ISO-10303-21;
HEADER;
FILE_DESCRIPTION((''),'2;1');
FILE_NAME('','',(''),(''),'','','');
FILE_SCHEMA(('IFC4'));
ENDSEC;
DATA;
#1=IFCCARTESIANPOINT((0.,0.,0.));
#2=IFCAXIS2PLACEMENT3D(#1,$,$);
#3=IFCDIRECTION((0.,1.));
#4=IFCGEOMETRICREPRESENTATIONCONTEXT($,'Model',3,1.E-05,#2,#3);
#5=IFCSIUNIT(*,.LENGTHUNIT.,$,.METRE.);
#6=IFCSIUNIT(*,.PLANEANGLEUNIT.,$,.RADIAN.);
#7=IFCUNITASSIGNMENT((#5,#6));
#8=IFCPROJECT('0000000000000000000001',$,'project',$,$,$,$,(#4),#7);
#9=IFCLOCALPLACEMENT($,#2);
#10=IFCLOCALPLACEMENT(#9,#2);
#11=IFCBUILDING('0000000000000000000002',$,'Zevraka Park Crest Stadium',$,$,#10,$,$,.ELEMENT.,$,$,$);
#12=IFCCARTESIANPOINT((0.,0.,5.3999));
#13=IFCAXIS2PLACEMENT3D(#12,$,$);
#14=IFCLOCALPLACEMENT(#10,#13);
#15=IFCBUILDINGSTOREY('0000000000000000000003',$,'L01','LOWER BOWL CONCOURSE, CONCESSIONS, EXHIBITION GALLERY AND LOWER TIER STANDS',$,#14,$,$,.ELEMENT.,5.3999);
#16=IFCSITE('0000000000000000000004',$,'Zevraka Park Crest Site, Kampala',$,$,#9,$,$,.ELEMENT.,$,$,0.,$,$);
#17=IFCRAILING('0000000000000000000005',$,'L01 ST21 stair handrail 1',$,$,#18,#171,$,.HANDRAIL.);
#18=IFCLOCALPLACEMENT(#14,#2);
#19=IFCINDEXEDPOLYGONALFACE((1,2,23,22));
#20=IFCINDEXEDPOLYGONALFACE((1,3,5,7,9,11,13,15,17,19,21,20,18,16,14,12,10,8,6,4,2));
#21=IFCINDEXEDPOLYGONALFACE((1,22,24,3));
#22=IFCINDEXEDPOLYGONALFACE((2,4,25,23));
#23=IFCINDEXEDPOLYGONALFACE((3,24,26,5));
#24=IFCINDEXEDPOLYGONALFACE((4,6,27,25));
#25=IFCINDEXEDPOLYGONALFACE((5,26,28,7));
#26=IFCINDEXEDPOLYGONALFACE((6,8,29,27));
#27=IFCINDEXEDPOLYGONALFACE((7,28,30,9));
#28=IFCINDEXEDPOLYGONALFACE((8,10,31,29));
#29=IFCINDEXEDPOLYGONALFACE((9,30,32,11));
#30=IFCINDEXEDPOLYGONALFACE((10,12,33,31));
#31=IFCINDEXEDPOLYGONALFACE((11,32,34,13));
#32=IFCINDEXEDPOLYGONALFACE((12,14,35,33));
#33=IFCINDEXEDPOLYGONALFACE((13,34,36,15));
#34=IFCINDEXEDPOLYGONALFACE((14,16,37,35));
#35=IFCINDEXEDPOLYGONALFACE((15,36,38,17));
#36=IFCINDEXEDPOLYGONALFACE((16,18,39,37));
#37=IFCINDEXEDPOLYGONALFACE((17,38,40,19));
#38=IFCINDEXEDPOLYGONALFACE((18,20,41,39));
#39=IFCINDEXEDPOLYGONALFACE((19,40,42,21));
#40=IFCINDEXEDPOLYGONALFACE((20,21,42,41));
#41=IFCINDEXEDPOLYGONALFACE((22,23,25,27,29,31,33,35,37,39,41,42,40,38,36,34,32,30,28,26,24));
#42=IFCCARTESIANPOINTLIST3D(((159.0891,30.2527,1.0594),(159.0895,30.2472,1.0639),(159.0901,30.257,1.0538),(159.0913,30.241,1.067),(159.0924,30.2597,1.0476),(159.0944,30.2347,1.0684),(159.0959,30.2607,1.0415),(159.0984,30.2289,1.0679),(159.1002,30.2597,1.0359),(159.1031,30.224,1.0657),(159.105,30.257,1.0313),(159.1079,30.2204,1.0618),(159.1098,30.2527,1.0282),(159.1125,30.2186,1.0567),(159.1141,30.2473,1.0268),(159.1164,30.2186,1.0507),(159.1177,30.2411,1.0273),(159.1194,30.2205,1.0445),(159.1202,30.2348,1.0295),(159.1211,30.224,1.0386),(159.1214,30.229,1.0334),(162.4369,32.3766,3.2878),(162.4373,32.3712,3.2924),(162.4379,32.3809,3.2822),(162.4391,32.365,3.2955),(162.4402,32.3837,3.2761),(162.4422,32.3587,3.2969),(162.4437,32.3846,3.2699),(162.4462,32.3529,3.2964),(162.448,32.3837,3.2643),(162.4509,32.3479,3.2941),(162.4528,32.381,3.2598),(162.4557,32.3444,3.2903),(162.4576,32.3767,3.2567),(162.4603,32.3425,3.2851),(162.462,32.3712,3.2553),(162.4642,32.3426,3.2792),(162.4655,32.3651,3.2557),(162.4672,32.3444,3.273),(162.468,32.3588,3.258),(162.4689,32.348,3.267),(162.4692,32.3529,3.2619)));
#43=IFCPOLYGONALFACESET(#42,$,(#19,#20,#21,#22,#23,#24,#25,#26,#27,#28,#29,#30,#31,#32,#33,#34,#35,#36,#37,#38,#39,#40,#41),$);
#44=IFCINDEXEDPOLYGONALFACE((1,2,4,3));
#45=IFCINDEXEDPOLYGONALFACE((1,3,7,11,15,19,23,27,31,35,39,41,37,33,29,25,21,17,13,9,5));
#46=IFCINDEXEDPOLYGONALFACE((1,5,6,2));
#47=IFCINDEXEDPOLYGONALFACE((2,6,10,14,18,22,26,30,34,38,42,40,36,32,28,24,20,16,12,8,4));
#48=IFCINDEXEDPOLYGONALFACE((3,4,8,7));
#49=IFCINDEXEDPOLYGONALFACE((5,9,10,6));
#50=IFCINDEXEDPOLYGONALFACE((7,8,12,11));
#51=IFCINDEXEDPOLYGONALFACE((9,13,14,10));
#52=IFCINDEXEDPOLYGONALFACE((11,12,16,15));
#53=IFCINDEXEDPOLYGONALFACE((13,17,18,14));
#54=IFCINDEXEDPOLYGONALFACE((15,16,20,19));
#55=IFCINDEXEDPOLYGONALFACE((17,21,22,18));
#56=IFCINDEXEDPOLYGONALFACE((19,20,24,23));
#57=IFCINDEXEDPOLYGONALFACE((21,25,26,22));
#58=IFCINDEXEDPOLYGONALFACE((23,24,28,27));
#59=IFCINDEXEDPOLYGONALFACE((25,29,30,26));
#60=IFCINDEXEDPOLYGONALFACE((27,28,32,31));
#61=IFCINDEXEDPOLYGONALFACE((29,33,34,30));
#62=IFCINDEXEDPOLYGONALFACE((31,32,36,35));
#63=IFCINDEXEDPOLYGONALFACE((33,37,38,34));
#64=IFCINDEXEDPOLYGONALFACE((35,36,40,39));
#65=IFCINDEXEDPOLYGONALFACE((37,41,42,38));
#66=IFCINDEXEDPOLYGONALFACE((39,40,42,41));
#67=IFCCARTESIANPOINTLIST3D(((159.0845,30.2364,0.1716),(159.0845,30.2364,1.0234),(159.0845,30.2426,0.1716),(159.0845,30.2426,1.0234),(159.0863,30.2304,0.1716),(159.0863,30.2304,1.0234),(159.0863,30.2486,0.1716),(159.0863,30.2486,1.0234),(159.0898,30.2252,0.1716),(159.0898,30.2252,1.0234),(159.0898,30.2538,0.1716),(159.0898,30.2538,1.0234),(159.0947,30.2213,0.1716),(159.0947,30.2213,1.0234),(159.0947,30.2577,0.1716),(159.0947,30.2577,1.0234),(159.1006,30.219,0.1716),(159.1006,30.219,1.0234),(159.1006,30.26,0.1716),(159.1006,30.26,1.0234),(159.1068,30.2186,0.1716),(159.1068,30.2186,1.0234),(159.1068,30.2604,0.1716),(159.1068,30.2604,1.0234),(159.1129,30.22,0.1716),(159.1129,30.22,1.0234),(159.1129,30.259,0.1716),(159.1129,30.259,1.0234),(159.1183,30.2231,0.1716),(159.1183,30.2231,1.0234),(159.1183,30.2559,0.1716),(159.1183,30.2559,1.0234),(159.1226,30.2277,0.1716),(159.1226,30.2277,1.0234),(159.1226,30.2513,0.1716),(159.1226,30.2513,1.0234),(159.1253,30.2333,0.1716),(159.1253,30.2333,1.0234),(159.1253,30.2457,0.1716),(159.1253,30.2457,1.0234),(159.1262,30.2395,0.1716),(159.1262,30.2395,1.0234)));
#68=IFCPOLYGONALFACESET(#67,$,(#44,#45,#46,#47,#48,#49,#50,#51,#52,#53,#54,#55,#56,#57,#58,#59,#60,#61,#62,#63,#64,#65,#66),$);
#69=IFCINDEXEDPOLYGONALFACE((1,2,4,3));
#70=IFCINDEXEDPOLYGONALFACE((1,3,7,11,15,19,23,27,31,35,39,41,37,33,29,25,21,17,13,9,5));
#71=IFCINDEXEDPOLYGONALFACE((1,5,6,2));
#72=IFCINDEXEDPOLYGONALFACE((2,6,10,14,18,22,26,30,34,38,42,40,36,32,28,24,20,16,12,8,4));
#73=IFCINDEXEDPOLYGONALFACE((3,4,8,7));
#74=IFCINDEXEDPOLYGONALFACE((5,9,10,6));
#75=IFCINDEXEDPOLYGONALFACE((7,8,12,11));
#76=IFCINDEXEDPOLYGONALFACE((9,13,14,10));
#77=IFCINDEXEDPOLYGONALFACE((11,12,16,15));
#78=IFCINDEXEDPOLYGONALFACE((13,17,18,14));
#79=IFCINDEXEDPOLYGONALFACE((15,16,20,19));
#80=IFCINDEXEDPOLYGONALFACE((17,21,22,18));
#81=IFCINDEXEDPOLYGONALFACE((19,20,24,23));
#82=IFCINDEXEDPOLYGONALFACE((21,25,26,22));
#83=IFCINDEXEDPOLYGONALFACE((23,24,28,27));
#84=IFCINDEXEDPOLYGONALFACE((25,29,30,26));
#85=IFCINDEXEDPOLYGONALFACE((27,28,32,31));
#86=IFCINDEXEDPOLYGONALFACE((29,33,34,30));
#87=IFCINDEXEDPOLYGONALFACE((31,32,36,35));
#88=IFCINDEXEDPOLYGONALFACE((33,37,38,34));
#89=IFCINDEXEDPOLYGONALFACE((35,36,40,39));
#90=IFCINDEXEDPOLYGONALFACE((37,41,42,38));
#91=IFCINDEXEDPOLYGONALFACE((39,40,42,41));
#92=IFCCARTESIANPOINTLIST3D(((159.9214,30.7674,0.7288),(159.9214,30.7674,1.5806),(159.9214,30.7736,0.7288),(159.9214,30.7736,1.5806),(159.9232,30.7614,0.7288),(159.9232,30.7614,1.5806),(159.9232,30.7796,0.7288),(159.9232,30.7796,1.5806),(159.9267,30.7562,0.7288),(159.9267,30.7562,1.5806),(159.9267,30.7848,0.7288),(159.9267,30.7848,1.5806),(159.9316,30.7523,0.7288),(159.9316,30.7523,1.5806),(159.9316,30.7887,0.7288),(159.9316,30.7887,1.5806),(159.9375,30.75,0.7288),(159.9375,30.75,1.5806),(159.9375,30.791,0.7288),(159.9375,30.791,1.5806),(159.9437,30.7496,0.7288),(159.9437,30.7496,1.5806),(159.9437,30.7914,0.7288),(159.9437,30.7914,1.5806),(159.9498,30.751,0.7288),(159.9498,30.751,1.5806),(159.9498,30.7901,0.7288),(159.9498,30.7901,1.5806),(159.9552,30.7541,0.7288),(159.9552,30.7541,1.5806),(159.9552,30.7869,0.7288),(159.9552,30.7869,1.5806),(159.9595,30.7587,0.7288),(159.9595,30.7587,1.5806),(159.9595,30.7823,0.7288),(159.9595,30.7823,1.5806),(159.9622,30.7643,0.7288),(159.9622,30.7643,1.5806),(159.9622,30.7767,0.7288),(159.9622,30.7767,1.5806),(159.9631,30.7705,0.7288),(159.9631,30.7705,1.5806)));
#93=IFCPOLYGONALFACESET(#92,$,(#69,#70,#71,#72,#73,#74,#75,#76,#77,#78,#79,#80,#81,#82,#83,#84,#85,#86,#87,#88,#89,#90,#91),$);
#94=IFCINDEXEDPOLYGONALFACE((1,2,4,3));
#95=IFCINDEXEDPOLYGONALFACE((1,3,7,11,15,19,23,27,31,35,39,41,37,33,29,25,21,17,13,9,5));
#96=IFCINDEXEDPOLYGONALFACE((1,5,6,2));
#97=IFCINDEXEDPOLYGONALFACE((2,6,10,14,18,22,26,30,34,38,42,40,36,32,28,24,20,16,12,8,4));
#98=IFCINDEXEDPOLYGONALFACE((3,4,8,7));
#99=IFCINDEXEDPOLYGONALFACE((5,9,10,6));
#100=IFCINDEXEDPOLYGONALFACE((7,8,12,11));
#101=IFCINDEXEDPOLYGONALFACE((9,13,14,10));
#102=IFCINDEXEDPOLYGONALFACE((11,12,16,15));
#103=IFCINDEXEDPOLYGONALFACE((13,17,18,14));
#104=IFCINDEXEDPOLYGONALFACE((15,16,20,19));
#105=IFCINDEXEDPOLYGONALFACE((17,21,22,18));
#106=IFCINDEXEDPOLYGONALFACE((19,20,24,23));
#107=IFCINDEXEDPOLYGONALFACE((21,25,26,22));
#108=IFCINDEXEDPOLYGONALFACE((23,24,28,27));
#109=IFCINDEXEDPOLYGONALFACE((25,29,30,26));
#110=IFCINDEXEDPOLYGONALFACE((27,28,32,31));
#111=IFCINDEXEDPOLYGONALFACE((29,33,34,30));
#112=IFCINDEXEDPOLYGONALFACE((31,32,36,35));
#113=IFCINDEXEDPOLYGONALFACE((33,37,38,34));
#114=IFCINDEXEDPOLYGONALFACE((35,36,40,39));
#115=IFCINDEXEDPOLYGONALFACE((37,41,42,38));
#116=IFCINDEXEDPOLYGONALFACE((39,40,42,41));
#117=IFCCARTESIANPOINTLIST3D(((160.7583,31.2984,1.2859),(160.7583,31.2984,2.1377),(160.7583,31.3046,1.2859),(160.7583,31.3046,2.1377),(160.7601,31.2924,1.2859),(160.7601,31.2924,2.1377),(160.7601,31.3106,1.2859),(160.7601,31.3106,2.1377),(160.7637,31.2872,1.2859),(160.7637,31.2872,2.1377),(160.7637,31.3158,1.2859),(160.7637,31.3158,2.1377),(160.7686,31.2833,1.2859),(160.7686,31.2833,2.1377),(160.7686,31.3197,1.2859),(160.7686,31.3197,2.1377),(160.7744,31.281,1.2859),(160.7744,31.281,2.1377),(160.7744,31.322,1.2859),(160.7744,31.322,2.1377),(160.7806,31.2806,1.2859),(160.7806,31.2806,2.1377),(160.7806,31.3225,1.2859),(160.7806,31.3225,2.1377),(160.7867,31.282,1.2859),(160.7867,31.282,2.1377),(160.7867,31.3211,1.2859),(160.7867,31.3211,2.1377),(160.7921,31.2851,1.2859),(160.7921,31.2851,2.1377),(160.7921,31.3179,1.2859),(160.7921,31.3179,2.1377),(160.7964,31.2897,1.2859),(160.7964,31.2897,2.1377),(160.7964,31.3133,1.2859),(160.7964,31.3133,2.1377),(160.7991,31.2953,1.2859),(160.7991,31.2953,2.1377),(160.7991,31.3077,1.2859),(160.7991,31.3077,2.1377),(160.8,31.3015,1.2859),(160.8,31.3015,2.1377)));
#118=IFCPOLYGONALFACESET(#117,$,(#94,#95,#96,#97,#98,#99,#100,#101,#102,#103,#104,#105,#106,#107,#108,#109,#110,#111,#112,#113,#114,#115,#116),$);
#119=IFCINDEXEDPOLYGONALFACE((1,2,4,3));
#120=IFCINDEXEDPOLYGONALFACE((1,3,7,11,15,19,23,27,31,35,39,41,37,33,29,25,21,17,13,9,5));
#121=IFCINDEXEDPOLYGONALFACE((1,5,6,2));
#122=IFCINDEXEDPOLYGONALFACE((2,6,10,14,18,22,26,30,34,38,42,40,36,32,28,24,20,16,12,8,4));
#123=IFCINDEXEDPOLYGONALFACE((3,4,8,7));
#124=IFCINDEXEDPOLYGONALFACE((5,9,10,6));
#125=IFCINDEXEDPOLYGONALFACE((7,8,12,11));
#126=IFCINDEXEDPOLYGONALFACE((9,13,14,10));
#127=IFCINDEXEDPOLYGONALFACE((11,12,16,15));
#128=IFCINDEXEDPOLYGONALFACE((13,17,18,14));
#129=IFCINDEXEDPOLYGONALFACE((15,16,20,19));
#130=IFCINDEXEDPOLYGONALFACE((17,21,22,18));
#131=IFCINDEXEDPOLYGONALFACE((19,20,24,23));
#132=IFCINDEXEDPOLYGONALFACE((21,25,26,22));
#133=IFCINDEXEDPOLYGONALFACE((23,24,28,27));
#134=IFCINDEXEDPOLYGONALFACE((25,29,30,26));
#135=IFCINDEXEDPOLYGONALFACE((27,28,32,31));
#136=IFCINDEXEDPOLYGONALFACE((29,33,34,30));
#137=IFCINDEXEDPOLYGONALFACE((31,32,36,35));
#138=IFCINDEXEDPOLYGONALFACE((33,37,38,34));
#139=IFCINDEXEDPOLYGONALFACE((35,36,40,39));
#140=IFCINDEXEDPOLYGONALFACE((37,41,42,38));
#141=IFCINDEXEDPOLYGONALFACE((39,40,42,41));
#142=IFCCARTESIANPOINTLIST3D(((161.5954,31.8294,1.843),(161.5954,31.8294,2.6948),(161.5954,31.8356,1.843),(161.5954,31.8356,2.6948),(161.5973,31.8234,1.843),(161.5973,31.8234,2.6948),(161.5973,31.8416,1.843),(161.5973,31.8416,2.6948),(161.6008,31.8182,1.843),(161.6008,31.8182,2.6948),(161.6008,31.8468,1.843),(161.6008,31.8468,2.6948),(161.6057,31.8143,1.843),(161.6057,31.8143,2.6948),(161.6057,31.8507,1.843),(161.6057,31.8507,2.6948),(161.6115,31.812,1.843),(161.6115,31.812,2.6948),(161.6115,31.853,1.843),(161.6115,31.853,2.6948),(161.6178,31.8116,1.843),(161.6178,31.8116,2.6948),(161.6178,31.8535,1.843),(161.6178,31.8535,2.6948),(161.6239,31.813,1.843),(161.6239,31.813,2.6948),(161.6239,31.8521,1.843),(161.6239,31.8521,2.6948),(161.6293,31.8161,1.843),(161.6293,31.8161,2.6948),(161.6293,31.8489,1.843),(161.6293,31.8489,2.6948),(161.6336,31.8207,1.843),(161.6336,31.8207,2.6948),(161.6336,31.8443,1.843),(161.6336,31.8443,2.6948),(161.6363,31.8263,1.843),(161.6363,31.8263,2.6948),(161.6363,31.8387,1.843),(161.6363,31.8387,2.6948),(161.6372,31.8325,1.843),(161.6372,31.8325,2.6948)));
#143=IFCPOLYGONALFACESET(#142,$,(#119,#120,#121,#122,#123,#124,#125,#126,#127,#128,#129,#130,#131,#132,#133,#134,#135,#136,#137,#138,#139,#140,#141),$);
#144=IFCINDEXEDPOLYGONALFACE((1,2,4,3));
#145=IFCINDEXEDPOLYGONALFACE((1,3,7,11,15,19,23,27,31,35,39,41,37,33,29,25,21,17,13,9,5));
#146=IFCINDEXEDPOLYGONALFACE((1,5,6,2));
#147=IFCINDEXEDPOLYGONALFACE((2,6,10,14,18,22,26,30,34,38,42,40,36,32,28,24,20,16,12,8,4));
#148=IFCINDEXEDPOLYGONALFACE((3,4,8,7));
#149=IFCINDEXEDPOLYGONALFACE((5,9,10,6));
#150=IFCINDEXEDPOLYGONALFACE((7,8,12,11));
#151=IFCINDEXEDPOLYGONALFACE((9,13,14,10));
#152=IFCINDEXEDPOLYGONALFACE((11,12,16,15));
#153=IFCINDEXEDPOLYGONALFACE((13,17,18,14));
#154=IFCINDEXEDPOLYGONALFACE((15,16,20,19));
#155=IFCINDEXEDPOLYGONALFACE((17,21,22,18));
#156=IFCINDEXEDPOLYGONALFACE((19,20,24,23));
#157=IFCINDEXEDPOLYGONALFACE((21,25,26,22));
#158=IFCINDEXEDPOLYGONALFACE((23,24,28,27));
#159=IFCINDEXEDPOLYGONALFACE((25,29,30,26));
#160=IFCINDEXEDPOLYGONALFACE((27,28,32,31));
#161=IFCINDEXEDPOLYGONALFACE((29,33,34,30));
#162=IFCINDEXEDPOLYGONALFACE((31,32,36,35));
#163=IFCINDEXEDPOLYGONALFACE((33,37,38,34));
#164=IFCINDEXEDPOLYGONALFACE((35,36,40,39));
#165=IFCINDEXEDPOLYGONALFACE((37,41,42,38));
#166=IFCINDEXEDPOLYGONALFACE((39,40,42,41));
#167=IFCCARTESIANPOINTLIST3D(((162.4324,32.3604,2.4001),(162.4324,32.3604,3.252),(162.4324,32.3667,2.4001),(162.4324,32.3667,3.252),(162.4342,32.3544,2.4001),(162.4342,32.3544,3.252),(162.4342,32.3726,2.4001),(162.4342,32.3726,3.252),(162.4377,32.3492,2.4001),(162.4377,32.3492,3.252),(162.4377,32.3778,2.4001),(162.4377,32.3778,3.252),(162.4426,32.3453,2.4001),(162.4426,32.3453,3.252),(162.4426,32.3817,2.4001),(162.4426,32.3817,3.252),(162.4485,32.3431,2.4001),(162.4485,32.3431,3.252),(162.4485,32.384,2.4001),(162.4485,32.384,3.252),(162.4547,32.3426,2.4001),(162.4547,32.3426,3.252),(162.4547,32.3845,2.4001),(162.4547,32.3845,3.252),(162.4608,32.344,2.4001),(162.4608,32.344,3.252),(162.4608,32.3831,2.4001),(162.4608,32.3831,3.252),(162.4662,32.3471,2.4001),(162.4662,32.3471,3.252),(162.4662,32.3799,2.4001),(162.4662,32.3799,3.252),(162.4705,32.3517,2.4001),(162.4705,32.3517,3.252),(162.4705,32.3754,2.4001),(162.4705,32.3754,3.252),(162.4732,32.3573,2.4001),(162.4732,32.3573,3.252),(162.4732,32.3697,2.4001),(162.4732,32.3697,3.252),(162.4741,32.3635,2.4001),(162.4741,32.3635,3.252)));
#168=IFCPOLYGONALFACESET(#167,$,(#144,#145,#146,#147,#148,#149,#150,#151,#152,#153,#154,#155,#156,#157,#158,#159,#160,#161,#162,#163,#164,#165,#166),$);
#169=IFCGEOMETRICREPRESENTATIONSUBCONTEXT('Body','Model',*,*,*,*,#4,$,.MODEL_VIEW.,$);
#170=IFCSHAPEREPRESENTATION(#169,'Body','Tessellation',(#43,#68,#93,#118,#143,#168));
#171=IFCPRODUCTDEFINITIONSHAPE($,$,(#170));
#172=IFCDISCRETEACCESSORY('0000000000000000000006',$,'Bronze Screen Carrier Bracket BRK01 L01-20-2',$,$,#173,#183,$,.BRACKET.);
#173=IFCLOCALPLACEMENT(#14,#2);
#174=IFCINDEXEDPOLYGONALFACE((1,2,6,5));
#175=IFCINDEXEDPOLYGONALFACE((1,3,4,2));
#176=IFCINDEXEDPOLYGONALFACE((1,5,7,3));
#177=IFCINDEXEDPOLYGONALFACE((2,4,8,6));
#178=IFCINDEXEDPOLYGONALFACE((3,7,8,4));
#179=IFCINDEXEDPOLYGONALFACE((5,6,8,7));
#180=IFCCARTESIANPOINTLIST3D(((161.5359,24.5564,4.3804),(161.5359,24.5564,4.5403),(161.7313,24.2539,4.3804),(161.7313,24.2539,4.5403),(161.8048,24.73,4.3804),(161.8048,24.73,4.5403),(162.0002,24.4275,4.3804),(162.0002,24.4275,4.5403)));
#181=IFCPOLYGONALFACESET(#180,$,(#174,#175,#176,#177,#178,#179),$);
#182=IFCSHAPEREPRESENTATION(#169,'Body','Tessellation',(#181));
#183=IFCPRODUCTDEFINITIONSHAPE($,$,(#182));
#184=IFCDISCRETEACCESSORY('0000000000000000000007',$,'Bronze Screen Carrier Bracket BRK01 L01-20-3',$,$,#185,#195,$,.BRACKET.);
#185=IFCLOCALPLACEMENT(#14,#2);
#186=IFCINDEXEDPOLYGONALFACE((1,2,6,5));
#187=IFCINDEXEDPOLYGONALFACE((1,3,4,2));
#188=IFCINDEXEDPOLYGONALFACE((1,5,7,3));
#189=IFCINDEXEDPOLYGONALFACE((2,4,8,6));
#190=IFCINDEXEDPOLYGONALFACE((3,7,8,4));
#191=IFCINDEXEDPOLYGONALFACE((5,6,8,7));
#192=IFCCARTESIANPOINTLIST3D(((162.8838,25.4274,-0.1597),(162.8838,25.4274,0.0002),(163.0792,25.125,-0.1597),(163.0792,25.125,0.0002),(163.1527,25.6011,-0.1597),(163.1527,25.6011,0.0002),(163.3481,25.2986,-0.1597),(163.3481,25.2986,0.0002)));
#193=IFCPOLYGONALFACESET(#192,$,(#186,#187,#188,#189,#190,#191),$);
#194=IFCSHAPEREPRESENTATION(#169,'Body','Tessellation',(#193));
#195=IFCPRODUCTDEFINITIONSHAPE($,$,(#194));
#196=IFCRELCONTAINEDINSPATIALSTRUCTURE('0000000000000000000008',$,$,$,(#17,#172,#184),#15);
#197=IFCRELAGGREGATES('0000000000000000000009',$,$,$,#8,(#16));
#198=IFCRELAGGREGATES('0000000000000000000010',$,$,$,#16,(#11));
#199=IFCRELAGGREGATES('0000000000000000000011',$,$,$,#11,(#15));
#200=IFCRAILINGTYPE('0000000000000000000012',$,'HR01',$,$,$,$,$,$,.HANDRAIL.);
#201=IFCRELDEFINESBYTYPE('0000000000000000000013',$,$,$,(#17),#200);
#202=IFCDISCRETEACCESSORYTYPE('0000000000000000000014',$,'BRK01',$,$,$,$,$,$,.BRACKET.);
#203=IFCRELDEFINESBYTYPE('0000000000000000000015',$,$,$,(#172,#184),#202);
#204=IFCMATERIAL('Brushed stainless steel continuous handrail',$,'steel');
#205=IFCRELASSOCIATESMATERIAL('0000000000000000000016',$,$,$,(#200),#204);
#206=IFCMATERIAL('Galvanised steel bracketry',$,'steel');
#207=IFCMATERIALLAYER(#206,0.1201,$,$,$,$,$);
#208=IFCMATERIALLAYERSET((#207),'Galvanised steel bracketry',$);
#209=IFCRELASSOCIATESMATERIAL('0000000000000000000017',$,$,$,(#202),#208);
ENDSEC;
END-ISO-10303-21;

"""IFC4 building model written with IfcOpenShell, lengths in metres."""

from ifc_helpers import new_model, si_unit, direction, frame, origin, origin_2d, place, context, subcontext, project, spatial, rectangle, circle, extrude, material, layer, layer_set, type_object, element, save


model = new_model("IFC4")

# Units and contexts
model_context = context("Model", 3, precision=1e-05, world=origin(), true_north=direction((0.0, 1.0)))
body_context = subcontext(model_context, "Body", "Model", "MODEL_VIEW")
ifc_project = project(units=[si_unit("LENGTHUNIT", "METRE"), si_unit("PLANEANGLEUNIT", "RADIAN")], contexts=[model_context])

# Site, building, storey
site_placement = place(None, origin())
site = spatial("IfcSite", under=ifc_project, at=site_placement, Name="Zevraka Park Crest Site, Kampala", CompositionType="ELEMENT", RefElevation=0.0)
building_placement = place(site_placement, origin())
building = spatial("IfcBuilding", under=site, at=building_placement, Name="Zevraka Park Crest Stadium", CompositionType="ELEMENT")
storey_placement = place(building_placement, frame((0.0, 0.0, 5.3999)))
storey = spatial("IfcBuildingStorey", under=building, at=storey_placement, Name="L01", Description="LOWER BOWL CONCOURSE, CONCESSIONS, EXHIBITION GALLERY AND LOWER TIER STANDS", CompositionType="ELEMENT", Elevation=5.3999)

# Railing
ifc_material_1 = material(Name="Brushed stainless steel continuous handrail", Category="steel")
railing_type = type_object("IfcRailingType", Name="HR01", PredefinedType="HANDRAIL", material=ifc_material_1)
railing_placement = place(storey_placement, frame((159.1052, 30.2395, 0.1716)))
element("IfcRailing", 1, at=railing_placement, inside=storey, type_object=railing_type, Name="L01 ST21 stair handrail 1", PredefinedType="HANDRAIL", context=body_context, shape_type="SweptSolid", body=[
    extrude(circle(Radius=0.0239, at=origin_2d()), frame((0.0, 0.0, 0.876), z_axis=(0.736092, 0.467002, 0.489977), x_axis=(-0.535716, 0.844399, 0.0)), (0.0, 0.0, 1.0), 4.5481),
    extrude(circle(Radius=0.021, at=origin_2d()), origin(), (0.0, 0.0, 1.0), 0.8518),
    extrude(circle(Radius=0.021, at=origin_2d()), frame((0.8369, 0.531, 0.5571)), (0.0, 0.0, 1.0), 0.8518),
    extrude(circle(Radius=0.021, at=origin_2d()), frame((1.6738, 1.062, 1.1143)), (0.0, 0.0, 1.0), 0.8518),
    extrude(circle(Radius=0.021, at=origin_2d()), frame((2.511, 1.593, 1.6714)), (0.0, 0.0, 1.0), 0.8518),
    extrude(circle(Radius=0.021, at=origin_2d()), frame((3.3479, 2.124, 2.2285)), (0.0, 0.0, 1.0), 0.8518),
])

# Discrete accessories
ifc_material_2 = material(Name="Galvanised steel bracketry", Category="steel")
ifc_layer_1 = layer(ifc_material_2, 0.1201)
ifc_layer_set_1 = layer_set([ifc_layer_1], Name="Galvanised steel bracketry")
discrete_accessory_type = type_object("IfcDiscreteAccessoryType", Name="BRK01", PredefinedType="BRACKET", material=ifc_layer_set_1)
for number, where, z_axis, x_axis, name in (
    (2, (161.7681, 24.4919, 4.3804), (0.0, 0.0, 1.0), (0.839999, 0.542588, 0.0), "Bronze Screen Carrier Bracket BRK01 L01-20-2"),
    (3, (163.116, 25.363, -0.1597), (0.0, 0.0, 1.0), (0.839999, 0.542588, 0.0), "Bronze Screen Carrier Bracket BRK01 L01-20-3"),
):
    element("IfcDiscreteAccessory", number, at=place(storey_placement, frame(where, z_axis=z_axis, x_axis=x_axis)), inside=storey, type_object=discrete_accessory_type, Name=name, PredefinedType="BRACKET", context=body_context, shape_type="SweptSolid", body=[
        extrude(rectangle(XDim=0.3201, YDim=0.3601, at=origin_2d()), origin(), (0.0, 0.0, 1.0), 0.1599),
    ])

save(model, "model.ifc")
